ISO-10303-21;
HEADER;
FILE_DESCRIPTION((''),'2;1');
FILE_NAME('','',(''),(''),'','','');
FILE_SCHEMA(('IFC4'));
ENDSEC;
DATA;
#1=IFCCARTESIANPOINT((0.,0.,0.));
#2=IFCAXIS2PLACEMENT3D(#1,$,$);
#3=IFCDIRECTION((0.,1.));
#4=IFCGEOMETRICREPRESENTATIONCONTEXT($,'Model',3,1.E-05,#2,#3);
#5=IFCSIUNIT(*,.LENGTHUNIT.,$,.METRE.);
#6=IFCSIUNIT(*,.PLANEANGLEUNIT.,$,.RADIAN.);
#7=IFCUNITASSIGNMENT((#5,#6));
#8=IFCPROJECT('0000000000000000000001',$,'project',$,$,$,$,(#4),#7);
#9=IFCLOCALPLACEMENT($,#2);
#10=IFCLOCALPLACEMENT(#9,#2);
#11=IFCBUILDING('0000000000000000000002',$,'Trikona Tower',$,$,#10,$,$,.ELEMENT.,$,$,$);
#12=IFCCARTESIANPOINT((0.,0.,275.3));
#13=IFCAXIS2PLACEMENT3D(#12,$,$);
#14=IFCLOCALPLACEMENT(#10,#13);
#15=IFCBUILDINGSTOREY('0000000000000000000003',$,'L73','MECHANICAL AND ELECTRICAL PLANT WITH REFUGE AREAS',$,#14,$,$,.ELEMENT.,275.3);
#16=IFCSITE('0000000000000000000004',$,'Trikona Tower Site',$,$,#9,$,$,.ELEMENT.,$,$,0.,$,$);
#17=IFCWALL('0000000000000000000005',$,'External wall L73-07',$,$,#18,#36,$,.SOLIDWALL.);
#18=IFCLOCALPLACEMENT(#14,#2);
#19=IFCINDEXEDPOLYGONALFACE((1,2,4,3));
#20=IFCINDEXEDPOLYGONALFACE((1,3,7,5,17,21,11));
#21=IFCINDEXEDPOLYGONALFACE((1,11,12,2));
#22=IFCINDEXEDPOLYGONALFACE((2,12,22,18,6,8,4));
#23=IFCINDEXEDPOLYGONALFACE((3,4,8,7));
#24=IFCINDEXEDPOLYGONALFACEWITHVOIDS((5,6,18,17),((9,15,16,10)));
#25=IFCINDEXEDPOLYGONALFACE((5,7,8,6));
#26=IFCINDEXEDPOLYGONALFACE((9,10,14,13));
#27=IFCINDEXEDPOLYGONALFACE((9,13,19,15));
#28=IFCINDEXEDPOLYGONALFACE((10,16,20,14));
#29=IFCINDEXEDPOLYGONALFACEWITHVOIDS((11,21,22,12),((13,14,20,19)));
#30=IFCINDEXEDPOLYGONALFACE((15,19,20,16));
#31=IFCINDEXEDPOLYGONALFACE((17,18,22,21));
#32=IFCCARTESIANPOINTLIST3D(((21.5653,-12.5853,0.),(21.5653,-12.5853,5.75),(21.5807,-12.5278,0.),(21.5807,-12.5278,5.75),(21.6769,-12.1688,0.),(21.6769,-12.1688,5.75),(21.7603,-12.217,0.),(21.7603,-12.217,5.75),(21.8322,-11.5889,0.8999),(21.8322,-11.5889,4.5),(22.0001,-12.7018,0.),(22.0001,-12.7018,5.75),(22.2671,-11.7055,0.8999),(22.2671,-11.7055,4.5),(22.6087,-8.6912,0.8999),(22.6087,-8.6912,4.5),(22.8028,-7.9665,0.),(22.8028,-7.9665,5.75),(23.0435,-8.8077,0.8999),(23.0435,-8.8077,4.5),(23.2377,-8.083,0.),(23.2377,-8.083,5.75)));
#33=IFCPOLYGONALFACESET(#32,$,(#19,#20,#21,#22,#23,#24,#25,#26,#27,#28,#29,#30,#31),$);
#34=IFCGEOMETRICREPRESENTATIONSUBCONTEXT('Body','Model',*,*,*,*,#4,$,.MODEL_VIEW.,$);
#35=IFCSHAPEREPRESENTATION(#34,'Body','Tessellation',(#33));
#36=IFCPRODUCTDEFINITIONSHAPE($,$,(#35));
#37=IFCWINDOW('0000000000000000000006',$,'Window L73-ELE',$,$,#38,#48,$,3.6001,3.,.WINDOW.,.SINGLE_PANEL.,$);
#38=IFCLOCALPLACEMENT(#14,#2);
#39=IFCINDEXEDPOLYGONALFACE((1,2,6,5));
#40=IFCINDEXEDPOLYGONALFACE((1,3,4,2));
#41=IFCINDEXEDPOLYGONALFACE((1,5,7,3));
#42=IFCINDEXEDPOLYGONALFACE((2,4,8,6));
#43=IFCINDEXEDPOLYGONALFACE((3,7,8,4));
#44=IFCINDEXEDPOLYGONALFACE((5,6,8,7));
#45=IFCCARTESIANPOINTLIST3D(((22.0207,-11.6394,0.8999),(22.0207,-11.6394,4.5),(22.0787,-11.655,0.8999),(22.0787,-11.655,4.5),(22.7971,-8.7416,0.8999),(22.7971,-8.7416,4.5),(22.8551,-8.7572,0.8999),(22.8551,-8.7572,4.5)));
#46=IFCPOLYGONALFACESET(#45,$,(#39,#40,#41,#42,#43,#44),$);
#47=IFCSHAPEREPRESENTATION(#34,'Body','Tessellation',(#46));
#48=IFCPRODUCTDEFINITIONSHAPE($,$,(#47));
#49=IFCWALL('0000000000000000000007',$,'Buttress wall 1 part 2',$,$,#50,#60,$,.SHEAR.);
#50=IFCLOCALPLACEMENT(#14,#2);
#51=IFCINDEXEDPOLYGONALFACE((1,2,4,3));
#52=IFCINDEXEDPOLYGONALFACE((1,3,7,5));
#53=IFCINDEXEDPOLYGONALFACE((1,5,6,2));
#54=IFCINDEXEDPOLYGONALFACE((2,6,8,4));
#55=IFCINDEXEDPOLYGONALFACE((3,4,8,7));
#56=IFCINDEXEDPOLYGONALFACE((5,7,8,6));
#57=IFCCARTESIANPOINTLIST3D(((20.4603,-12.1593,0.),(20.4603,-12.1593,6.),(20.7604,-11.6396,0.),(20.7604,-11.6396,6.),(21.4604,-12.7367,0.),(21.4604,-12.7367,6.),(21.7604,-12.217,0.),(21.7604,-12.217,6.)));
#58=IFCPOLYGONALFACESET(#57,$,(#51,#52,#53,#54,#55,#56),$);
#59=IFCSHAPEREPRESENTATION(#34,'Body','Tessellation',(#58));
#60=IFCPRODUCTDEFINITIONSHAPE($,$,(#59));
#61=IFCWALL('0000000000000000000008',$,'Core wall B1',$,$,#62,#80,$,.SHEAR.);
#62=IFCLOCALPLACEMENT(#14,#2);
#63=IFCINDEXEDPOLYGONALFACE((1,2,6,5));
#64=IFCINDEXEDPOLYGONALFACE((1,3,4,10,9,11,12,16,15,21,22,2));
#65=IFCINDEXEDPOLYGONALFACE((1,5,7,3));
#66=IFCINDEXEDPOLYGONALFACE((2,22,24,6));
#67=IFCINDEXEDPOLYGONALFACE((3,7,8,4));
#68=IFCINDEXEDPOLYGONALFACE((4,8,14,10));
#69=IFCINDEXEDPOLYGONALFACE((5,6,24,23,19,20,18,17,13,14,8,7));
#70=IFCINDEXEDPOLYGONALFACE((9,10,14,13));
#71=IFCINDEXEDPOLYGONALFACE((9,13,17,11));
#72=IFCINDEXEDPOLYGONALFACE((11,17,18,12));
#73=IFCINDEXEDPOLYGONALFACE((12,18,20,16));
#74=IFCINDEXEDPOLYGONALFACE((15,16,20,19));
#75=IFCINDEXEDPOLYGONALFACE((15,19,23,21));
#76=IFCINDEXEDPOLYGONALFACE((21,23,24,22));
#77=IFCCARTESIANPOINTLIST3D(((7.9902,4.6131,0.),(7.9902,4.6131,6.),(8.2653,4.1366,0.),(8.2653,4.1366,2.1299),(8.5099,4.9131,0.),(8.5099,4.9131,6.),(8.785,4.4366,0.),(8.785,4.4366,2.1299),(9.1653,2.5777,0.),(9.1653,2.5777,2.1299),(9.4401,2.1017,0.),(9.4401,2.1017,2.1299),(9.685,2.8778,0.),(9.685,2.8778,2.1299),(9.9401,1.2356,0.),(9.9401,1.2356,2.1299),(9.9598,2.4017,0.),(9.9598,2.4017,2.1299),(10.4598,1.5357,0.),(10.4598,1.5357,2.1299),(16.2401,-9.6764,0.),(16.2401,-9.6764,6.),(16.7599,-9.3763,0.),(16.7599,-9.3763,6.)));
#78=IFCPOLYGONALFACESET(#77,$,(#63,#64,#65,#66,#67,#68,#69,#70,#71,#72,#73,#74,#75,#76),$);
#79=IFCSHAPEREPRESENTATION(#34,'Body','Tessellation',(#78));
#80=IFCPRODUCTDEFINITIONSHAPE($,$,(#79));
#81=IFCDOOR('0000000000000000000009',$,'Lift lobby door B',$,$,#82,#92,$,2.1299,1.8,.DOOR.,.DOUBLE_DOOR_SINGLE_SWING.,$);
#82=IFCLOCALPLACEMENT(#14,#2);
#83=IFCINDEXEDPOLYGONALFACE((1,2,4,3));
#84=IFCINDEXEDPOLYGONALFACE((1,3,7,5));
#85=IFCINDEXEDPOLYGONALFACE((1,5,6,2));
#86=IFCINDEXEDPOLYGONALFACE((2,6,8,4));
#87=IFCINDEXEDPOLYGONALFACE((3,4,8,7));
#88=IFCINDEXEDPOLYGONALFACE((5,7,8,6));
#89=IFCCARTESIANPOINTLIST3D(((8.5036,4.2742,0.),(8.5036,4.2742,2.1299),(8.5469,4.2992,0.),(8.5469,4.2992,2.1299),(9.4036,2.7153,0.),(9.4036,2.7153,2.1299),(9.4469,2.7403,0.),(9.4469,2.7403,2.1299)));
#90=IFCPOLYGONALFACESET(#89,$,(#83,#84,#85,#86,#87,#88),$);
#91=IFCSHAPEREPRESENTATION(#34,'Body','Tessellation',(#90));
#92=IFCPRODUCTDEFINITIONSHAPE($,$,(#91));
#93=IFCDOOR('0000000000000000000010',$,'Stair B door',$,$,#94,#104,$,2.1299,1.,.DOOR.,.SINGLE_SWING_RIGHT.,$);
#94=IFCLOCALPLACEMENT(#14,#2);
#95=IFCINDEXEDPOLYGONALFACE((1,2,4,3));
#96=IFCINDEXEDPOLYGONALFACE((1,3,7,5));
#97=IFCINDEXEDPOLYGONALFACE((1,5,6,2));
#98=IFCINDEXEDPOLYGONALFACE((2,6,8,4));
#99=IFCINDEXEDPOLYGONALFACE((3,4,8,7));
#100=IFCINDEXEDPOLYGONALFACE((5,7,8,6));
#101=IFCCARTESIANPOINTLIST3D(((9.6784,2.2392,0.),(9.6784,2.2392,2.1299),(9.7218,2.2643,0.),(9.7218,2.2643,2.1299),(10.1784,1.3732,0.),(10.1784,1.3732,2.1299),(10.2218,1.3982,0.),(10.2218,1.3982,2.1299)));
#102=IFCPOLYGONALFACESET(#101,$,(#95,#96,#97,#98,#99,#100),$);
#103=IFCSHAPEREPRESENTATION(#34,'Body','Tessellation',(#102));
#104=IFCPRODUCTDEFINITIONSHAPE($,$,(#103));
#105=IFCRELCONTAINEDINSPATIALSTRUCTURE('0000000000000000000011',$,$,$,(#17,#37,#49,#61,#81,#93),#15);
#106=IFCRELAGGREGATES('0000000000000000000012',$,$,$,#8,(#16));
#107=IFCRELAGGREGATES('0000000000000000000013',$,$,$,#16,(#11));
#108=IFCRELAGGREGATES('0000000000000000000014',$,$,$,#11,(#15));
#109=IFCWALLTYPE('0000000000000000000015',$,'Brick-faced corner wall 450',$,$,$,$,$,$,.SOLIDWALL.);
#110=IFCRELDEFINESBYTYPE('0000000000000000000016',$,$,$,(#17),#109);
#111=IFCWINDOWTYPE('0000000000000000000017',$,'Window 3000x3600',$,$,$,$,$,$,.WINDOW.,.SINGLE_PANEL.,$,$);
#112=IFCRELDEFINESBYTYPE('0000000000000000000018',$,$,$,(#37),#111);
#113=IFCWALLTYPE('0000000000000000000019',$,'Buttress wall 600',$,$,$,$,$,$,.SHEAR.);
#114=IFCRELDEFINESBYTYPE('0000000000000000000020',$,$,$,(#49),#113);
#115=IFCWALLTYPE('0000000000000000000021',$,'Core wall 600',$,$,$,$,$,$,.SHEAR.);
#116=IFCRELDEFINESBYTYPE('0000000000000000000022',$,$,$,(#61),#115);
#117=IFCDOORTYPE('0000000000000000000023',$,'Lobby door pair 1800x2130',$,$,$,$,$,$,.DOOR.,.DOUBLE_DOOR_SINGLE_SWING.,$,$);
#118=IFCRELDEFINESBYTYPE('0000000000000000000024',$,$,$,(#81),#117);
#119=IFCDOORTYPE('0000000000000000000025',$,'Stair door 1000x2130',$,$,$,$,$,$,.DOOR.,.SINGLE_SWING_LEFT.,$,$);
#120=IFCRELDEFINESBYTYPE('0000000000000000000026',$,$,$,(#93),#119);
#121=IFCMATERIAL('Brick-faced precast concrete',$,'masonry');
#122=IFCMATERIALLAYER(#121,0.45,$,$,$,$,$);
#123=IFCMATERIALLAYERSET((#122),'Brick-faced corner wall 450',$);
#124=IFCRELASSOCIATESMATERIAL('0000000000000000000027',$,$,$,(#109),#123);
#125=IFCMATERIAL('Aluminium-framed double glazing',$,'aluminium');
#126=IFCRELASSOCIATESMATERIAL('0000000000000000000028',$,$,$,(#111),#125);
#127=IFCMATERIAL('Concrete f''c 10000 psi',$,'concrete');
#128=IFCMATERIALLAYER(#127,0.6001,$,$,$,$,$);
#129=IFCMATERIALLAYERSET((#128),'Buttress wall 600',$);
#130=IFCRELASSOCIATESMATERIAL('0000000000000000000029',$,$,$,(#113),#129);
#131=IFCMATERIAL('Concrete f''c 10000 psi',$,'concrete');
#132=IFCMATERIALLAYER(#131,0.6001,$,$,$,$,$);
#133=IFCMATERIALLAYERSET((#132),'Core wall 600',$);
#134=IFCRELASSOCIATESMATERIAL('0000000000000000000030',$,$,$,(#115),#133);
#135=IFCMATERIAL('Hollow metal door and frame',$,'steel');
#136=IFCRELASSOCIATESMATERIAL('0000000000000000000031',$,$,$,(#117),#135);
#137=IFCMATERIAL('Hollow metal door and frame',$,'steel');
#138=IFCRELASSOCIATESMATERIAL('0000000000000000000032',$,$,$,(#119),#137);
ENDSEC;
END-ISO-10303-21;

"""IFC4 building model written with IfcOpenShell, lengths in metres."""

from ifc_helpers import new_model, si_unit, direction, frame, frame_2d, origin, place, context, subcontext, project, spatial, polyline, rectangle, outline, extrude, material, layer, layer_set, type_object, element, fill, save


model = new_model("IFC4")

# Units and contexts
model_context = context("Model", 3, precision=1e-05, world=origin(), true_north=direction((0.0, 1.0)))
body_context = subcontext(model_context, "Body", "Model", "MODEL_VIEW")
ifc_project = project(units=[si_unit("LENGTHUNIT", "METRE"), si_unit("PLANEANGLEUNIT", "RADIAN")], contexts=[model_context])

# Site, building, storey
site_placement = place(None, origin())
site = spatial("IfcSite", under=ifc_project, at=site_placement, Name="Trikona Tower Site", CompositionType="ELEMENT", RefElevation=0.0)
building_placement = place(site_placement, origin())
building = spatial("IfcBuilding", under=site, at=building_placement, Name="Trikona Tower", CompositionType="ELEMENT")
storey_placement = place(building_placement, frame((0.0, 0.0, 275.3)))
storey = spatial("IfcBuildingStorey", under=building, at=storey_placement, Name="L73", Description="MECHANICAL AND ELECTRICAL PLANT WITH REFUGE AREAS", CompositionType="ELEMENT", Elevation=275.3)

# Wall, opening, window
ifc_material_1 = material(Name="Brick-faced precast concrete", Category="masonry")
ifc_layer_1 = layer(ifc_material_1, 0.45)
ifc_layer_set_1 = layer_set([ifc_layer_1], Name="Brick-faced corner wall 450")
wall_type_1 = type_object("IfcWallType", Name="Brick-faced corner wall 450", PredefinedType="SOLIDWALL", material=ifc_layer_set_1)
ifc_material_2 = material(Name="Aluminium-framed double glazing", Category="aluminium")
window_type_1 = type_object("IfcWindowType", Name="Window 3000x3600", PartitioningType="SINGLE_PANEL", PredefinedType="WINDOW", material=ifc_material_2)
wall_1_placement = place(storey_placement, frame((21.7827, -12.6436, 0.0), z_axis=(0.0, 0.0, 1.0), x_axis=(0.258803, 0.96593, 0.0)))
wall_1 = element("IfcWall", 1, at=wall_1_placement, inside=storey, type_object=wall_type_1, Name="External wall L73-07", PredefinedType="SOLIDWALL", context=body_context, shape_type="SweptSolid", body=[
    extrude(outline(polyline([(4.7817, 0.2251), (0.4312, 0.2251), (0.4062, 0.1321), (0.0596, 0.2251), (0.0, 0.2251), (0.0, -0.2251), (4.7817, -0.2251), (4.7817, 0.2251)])), origin(), (0.0, 0.0, 1.0), 5.75),
])
opening_1_placement = place(wall_1_placement, frame((1.0315, 0.0, 0.8999)))
opening_1 = element("IfcOpeningElement", 2, at=opening_1_placement, cuts=wall_1, PredefinedType="OPENING", context=body_context, shape_type="SweptSolid", body=[
    extrude(rectangle(XDim=3.0, YDim=3.6001, at=frame_2d((1.5, 1.8))), frame((0.0, 0.2349, 0.0), z_axis=(0.0, -1.0, 0.0), x_axis=(1.0, 0.0, 0.0)), (0.0, 0.0, 1.0), 0.47),
])
window_1_placement = place(opening_1_placement, origin())
window_1 = element("IfcWindow", 3, at=window_1_placement, inside=storey, type_object=window_type_1, Name="Window L73-ELE", OverallHeight=3.6001, OverallWidth=3.0, PartitioningType="SINGLE_PANEL", PredefinedType="WINDOW", context=body_context, shape_type="SweptSolid", body=[
    extrude(rectangle(XDim=3.0, YDim=3.6001, at=frame_2d((1.5, 1.8))), frame((0.0, 0.03, 0.0), z_axis=(0.0, -1.0, 0.0), x_axis=(1.0, 0.0, 0.0)), (0.0, 0.0, 1.0), 0.0601),
])
fill(opening_1, window_1)

# Wall
ifc_material_3 = material(Name="Concrete f'c 10000 psi", Category="concrete")
ifc_layer_2 = layer(ifc_material_3, 0.6001)
ifc_layer_set_2 = layer_set([ifc_layer_2], Name="Buttress wall 600")
wall_type_2 = type_object("IfcWallType", Name="Buttress wall 600", PredefinedType="SHEAR", material=ifc_layer_set_2)
wall_2_placement = place(storey_placement, frame((20.6104, -11.8994, 0.0), z_axis=(0.0, 0.0, 1.0), x_axis=(0.86601, -0.500027, 0.0)))
element("IfcWall", 4, at=wall_2_placement, inside=storey, type_object=wall_type_2, Name="Buttress wall 1 part 2", PredefinedType="SHEAR", context=body_context, shape_type="SweptSolid", body=[
    extrude(rectangle(XDim=1.1548, YDim=0.6001, at=frame_2d((0.5774, 0.0))), origin(), (0.0, 0.0, 1.0), 6.0),
])

# Wall, openings, doors
ifc_material_4 = material(Name="Concrete f'c 10000 psi", Category="concrete")
ifc_layer_3 = layer(ifc_material_4, 0.6001)
ifc_layer_set_3 = layer_set([ifc_layer_3], Name="Core wall 600")
wall_type_3 = type_object("IfcWallType", Name="Core wall 600", PredefinedType="SHEAR", material=ifc_layer_set_3)
wall_3_placement = place(storey_placement, frame((16.5, -9.5264, 0.0), z_axis=(0.0, 0.0, 1.0), x_axis=(-0.499997, 0.866027, 0.0)))
wall_3 = element("IfcWall", 5, at=wall_3_placement, inside=storey, type_object=wall_type_3, Name="Core wall B1", PredefinedType="SHEAR", context=body_context, shape_type="SweptSolid", body=[
    extrude(rectangle(XDim=16.5, YDim=0.6001, at=frame_2d((8.25, 0.0))), origin(), (0.0, 0.0, 1.0), 6.0),
])
opening_2_placement = place(wall_3_placement, frame((14.1499, 0.0, 0.0)))
opening_2 = element("IfcOpeningElement", 6, at=opening_2_placement, cuts=wall_3, PredefinedType="OPENING", context=body_context, shape_type="SweptSolid", body=[
    extrude(rectangle(XDim=1.8, YDim=2.1299, at=frame_2d((0.8999, 1.0649))), frame((0.0, 0.3101, 0.0), z_axis=(0.0, -1.0, 0.0), x_axis=(1.0, 0.0, 0.0)), (0.0, 0.0, 1.0), 0.6201),
])
opening_3_placement = place(wall_3_placement, frame((12.6001, 0.0, 0.0)))
opening_3 = element("IfcOpeningElement", 7, at=opening_3_placement, cuts=wall_3, PredefinedType="OPENING", context=body_context, shape_type="SweptSolid", body=[
    extrude(rectangle(XDim=1.0, YDim=2.1299, at=frame_2d((0.5, 1.0649))), frame((0.0, 0.3101, 0.0), z_axis=(0.0, -1.0, 0.0), x_axis=(1.0, 0.0, 0.0)), (0.0, 0.0, 1.0), 0.6201),
])
ifc_material_5 = material(Name="Hollow metal door and frame", Category="steel")
door_type_1 = type_object("IfcDoorType", Name="Lobby door pair 1800x2130", OperationType="DOUBLE_DOOR_SINGLE_SWING", PredefinedType="DOOR", material=ifc_material_5)
door_1_placement = place(opening_2_placement, origin())
door_1 = element("IfcDoor", 8, at=door_1_placement, inside=storey, type_object=door_type_1, Name="Lift lobby door B", OperationType="DOUBLE_DOOR_SINGLE_SWING", OverallHeight=2.1299, OverallWidth=1.8, PredefinedType="DOOR", context=body_context, shape_type="SweptSolid", body=[
    extrude(rectangle(XDim=1.8, YDim=2.1299, at=frame_2d((0.8999, 1.0649))), frame((0.0, 0.0249, 0.0), z_axis=(0.0, -1.0, 0.0), x_axis=(1.0, 0.0, 0.0)), (0.0, 0.0, 1.0), 0.05),
])
fill(opening_2, door_1)
ifc_material_6 = material(Name="Hollow metal door and frame", Category="steel")
door_type_2 = type_object("IfcDoorType", Name="Stair door 1000x2130", OperationType="SINGLE_SWING_LEFT", PredefinedType="DOOR", material=ifc_material_6)
door_2_placement = place(opening_3_placement, origin())
door_2 = element("IfcDoor", 9, at=door_2_placement, inside=storey, type_object=door_type_2, Name="Stair B door", OperationType="SINGLE_SWING_RIGHT", OverallHeight=2.1299, OverallWidth=1.0, PredefinedType="DOOR", context=body_context, shape_type="SweptSolid", body=[
    extrude(rectangle(XDim=1.0, YDim=2.1299, at=frame_2d((0.5, 1.0649))), frame((0.0, 0.0249, 0.0), z_axis=(0.0, -1.0, 0.0), x_axis=(1.0, 0.0, 0.0)), (0.0, 0.0, 1.0), 0.05),
])
fill(opening_3, door_2)

save(model, "model.ifc")
